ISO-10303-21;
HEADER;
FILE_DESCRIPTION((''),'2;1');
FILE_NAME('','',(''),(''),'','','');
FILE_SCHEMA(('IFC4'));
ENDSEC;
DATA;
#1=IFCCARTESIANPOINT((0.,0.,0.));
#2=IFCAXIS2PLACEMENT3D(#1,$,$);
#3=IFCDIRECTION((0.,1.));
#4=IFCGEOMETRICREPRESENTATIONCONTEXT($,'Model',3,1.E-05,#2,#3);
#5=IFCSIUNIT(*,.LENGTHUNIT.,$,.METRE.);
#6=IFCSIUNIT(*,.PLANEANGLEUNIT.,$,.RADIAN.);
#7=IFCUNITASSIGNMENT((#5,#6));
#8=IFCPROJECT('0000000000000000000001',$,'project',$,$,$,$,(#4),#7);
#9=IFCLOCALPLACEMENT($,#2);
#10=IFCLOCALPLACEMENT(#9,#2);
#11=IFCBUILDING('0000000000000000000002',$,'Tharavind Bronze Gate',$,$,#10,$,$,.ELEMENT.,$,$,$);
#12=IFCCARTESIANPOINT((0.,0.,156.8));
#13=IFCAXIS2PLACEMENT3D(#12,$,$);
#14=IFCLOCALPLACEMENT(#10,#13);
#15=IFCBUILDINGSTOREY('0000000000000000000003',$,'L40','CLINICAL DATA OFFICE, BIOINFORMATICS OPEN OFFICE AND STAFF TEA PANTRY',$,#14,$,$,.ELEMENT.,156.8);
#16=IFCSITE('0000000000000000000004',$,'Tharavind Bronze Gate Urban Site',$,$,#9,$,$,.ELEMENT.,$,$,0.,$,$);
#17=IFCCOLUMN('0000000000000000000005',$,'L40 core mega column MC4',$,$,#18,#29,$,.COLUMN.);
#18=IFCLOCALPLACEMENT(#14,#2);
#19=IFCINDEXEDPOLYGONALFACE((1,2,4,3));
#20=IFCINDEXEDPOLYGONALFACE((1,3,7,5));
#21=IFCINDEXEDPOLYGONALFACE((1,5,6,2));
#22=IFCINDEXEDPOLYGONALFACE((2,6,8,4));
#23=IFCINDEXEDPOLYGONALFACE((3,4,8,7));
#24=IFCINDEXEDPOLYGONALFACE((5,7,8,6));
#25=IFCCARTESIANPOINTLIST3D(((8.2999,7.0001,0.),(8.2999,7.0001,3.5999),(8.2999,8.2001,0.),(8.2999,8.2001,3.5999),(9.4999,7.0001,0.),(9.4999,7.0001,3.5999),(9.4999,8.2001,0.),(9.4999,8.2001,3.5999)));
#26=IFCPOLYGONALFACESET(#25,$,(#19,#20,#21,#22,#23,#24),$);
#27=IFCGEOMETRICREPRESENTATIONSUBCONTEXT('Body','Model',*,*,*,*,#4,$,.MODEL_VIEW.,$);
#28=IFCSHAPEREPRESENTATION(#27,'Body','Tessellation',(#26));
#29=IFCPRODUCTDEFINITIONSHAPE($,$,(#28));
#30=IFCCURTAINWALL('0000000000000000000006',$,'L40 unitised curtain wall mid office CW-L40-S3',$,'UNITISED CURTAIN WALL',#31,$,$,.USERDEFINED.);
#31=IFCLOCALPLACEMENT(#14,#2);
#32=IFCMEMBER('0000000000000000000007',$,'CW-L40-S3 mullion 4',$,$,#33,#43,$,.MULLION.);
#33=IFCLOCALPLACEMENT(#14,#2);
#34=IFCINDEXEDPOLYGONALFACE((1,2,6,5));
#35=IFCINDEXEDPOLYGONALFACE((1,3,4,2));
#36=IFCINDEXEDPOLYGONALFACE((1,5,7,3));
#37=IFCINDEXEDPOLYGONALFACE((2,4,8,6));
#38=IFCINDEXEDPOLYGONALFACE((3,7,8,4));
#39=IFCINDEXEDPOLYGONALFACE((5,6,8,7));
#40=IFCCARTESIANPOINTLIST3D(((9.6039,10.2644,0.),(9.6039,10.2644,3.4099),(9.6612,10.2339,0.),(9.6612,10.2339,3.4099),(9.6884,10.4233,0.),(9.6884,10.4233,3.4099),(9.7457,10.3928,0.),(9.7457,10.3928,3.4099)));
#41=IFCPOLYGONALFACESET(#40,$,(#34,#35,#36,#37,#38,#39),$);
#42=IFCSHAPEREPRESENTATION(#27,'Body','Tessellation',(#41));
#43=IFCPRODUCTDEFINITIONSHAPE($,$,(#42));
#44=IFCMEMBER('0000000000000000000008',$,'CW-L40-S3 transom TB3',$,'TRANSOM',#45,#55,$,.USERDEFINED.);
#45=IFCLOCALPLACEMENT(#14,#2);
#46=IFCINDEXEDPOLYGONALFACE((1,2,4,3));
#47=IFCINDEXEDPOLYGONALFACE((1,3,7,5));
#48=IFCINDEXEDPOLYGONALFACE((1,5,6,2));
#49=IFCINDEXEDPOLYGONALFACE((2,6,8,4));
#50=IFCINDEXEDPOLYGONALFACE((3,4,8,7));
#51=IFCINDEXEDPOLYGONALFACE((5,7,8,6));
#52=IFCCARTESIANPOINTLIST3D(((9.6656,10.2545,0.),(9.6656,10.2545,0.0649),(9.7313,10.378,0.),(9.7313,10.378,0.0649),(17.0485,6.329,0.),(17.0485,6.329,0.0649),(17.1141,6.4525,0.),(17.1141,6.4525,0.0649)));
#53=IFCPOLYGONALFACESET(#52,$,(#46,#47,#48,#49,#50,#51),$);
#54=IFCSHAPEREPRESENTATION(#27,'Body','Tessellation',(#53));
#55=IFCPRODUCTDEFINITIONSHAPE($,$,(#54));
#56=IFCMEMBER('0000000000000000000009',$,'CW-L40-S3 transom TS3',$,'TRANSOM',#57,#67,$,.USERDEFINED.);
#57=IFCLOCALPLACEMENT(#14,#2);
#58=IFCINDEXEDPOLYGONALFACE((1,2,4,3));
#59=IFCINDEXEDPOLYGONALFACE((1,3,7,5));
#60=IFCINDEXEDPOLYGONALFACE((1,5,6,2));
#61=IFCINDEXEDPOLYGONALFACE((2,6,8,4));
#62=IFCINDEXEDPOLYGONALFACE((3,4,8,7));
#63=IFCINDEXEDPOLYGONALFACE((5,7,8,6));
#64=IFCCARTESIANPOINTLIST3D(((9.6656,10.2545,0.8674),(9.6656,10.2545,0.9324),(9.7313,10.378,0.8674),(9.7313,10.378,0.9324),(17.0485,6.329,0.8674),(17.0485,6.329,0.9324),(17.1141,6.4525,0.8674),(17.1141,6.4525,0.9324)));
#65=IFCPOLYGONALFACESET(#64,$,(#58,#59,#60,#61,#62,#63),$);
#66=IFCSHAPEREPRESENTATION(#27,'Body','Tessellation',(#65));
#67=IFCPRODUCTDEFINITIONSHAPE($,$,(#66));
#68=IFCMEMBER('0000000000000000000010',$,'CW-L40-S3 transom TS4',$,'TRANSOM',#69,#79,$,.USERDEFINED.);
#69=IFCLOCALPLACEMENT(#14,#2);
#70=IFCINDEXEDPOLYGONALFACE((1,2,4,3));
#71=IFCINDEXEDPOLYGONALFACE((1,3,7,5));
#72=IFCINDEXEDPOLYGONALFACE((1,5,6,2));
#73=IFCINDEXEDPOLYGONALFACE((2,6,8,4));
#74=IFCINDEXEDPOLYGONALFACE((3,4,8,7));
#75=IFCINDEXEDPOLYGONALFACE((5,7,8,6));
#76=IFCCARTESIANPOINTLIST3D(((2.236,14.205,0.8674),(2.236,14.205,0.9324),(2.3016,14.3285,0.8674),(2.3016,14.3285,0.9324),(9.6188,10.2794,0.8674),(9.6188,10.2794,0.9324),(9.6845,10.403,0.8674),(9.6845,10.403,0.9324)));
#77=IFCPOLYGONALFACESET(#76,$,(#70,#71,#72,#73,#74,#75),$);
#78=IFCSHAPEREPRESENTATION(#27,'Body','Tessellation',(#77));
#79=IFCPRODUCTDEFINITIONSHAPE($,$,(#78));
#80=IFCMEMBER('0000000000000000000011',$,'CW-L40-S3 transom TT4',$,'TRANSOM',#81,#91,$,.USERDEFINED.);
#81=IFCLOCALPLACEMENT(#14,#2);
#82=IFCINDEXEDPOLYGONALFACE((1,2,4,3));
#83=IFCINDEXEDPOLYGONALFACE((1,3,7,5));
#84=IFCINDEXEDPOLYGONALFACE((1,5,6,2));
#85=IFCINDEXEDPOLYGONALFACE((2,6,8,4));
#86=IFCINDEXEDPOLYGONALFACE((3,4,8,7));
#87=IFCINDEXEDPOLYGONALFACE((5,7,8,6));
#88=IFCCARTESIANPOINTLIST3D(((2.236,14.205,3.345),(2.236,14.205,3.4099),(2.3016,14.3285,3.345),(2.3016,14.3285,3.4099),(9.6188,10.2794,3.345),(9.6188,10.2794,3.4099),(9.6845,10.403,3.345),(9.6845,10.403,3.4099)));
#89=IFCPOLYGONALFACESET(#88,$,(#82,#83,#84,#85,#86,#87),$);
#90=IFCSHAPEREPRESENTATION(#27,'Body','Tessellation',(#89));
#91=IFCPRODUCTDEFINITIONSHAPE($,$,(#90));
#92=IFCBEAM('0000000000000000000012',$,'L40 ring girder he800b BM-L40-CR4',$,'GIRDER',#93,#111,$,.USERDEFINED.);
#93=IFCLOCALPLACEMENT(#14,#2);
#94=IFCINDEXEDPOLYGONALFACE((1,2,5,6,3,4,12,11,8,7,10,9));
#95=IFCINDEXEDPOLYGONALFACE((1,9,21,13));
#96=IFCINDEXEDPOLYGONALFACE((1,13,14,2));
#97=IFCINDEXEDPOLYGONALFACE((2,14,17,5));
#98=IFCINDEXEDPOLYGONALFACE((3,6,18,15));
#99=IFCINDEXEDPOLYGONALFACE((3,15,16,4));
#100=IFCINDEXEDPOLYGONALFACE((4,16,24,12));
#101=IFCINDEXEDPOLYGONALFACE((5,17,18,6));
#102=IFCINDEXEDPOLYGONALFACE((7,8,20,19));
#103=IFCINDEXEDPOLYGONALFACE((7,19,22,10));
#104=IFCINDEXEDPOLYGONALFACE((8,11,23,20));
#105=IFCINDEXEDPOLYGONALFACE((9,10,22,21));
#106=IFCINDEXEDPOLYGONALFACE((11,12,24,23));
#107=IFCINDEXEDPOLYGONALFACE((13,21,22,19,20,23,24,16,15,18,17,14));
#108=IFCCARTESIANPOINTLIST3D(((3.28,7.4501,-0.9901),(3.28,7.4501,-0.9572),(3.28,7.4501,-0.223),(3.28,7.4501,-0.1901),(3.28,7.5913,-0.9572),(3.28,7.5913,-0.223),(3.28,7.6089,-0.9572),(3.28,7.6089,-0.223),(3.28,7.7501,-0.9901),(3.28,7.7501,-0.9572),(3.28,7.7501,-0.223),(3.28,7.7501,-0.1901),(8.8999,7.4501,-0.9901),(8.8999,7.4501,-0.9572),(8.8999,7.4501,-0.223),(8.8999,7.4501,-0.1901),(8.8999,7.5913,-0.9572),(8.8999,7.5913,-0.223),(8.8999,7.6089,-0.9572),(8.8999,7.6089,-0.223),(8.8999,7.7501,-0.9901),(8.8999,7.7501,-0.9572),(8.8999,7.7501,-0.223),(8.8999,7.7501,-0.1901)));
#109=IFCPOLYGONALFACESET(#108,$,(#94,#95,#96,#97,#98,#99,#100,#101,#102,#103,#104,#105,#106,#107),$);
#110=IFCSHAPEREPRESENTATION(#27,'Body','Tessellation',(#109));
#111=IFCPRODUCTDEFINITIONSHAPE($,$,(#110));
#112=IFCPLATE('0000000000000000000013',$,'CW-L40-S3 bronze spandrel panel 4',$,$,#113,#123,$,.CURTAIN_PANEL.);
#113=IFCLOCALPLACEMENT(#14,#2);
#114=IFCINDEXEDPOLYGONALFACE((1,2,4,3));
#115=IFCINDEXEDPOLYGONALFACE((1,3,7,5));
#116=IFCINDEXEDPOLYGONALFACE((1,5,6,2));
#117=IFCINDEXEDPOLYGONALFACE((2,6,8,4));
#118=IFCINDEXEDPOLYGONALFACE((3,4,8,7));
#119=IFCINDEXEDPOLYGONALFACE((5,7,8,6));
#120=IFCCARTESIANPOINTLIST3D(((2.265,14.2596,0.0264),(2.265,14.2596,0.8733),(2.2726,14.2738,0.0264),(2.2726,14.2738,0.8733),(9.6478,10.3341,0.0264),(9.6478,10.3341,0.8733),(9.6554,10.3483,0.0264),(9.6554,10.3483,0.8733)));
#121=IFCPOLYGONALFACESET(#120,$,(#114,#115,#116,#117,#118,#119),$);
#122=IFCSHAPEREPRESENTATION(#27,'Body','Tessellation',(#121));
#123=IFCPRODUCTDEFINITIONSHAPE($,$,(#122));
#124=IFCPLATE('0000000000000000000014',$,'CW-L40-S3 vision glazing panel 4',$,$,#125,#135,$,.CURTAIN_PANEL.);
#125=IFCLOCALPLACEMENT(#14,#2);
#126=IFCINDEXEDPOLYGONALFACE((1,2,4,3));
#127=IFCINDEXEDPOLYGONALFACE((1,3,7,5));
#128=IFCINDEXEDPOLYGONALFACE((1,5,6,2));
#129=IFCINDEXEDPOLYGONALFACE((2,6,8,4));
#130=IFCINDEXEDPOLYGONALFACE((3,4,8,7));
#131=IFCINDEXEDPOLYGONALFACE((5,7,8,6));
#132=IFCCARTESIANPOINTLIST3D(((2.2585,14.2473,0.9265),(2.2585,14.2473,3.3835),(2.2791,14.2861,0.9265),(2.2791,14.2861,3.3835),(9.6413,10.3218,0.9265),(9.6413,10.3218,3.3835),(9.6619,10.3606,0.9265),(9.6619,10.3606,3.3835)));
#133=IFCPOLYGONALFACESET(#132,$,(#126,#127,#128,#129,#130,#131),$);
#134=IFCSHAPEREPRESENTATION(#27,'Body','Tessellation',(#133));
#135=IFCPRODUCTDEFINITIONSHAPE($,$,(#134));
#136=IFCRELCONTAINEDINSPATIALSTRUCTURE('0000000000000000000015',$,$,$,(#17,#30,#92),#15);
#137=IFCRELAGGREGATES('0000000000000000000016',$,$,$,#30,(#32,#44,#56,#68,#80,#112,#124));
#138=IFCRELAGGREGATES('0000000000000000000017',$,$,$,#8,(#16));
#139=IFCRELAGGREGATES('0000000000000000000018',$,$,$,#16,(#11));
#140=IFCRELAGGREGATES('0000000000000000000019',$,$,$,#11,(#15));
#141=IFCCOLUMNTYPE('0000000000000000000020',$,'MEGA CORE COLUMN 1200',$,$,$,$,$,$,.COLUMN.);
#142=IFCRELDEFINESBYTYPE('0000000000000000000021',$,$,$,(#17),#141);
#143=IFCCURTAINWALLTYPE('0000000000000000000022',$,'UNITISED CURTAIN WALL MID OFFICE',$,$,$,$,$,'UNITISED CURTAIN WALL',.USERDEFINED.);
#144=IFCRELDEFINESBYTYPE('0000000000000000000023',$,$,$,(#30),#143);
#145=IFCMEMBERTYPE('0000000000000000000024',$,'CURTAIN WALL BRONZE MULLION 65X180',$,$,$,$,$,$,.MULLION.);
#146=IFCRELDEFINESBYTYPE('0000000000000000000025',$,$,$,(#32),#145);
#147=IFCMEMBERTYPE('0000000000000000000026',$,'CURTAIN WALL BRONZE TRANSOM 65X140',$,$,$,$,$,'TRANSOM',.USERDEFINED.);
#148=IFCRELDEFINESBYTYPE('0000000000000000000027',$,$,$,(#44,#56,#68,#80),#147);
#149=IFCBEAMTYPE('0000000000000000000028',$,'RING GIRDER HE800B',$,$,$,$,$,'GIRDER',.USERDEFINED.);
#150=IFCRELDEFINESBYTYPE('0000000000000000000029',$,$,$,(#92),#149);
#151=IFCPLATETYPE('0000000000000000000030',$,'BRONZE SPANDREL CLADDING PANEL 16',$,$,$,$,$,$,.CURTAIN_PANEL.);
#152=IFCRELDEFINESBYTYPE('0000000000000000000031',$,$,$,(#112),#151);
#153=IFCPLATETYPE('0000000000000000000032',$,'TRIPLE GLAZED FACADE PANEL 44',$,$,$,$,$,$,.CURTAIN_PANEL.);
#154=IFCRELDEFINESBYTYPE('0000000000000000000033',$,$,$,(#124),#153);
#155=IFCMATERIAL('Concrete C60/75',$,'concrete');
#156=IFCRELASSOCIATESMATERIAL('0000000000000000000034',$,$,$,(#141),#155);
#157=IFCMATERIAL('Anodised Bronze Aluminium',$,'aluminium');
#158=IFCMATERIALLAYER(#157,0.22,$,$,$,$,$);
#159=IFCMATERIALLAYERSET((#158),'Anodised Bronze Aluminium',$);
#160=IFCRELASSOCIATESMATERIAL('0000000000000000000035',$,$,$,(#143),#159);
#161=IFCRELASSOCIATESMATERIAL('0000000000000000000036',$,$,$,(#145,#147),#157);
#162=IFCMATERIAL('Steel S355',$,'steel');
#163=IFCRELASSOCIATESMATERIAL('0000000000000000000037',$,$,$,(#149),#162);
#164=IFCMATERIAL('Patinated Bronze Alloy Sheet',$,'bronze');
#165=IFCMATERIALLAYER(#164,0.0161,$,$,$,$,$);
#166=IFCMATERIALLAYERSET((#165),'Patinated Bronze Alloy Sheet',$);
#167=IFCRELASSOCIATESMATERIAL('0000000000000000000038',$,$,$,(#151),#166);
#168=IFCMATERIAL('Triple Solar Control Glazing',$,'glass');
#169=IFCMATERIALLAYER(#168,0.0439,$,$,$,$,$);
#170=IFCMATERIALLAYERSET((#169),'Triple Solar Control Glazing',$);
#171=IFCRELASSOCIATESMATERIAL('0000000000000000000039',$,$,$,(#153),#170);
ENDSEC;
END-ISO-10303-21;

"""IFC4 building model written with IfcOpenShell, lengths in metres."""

from ifc_helpers import new_model, si_unit, direction, frame, origin, origin_2d, place, context, subcontext, project, spatial, rectangle, i_section, extrude, material, layer, layer_set, material_profile, profile_set, type_object, element, aggregate, save


model = new_model("IFC4")

# Units and contexts
model_context = context("Model", 3, precision=1e-05, world=origin(), true_north=direction((0.0, 1.0)))
body_context = subcontext(model_context, "Body", "Model", "MODEL_VIEW")
ifc_project = project(units=[si_unit("LENGTHUNIT", "METRE"), si_unit("PLANEANGLEUNIT", "RADIAN")], contexts=[model_context])

# Site, building, storey
site_placement = place(None, origin())
site = spatial("IfcSite", under=ifc_project, at=site_placement, Name="Tharavind Bronze Gate Urban Site", CompositionType="ELEMENT", RefElevation=0.0)
building_placement = place(site_placement, origin())
building = spatial("IfcBuilding", under=site, at=building_placement, Name="Tharavind Bronze Gate", CompositionType="ELEMENT")
storey_placement = place(building_placement, frame((0.0, 0.0, 156.8)))
storey = spatial("IfcBuildingStorey", under=building, at=storey_placement, Name="L40", Description="CLINICAL DATA OFFICE, BIOINFORMATICS OPEN OFFICE AND STAFF TEA PANTRY", CompositionType="ELEMENT", Elevation=156.8)

# Column
ifc_material_1 = material(Name="Concrete C60/75", Category="concrete")
ifc_material_profile_1 = material_profile(ifc_material_1, rectangle(XDim=1.2, YDim=1.2, at=origin_2d()), Name="RCCOL1200")
ifc_profile_set_1 = profile_set([ifc_material_profile_1], Name="Concrete C60/75")
column_type = type_object("IfcColumnType", Name="MEGA CORE COLUMN 1200", PredefinedType="COLUMN", material=ifc_profile_set_1)
column_placement = place(storey_placement, frame((8.8999, 7.6001, 0.0), z_axis=(0.0, 0.0, 1.0), x_axis=(1.0, 0.0, 0.0)))
element("IfcColumn", 1, at=column_placement, inside=storey, type_object=column_type, Name="L40 core mega column MC4", PredefinedType="COLUMN", context=body_context, shape_type="SweptSolid", body=[
    extrude(rectangle(XDim=1.2, YDim=1.2, at=origin_2d()), origin(), (0.0, 0.0, 1.0), 3.5999),
])

# Curtain wall, members
ifc_material_2 = material(Name="Anodised Bronze Aluminium", Category="aluminium")
ifc_layer_1 = layer(ifc_material_2, 0.22)
ifc_layer_set_1 = layer_set([ifc_layer_1], Name="Anodised Bronze Aluminium")
curtain_wall_type = type_object("IfcCurtainWallType", Name="UNITISED CURTAIN WALL MID OFFICE", ElementType="UNITISED CURTAIN WALL", PredefinedType="USERDEFINED", material=ifc_layer_set_1)
curtain_wall_placement = place(storey_placement, origin())
curtain_wall = element("IfcCurtainWall", 2, at=curtain_wall_placement, inside=storey, type_object=curtain_wall_type, Name="L40 unitised curtain wall mid office CW-L40-S3", ObjectType="UNITISED CURTAIN WALL", PredefinedType="USERDEFINED")
member_type_1 = type_object("IfcMemberType", Name="CURTAIN WALL BRONZE MULLION 65X180", PredefinedType="MULLION", material=ifc_material_2)
member_1_placement = place(storey_placement, frame((9.6748, 10.3286, 0.0), z_axis=(0.0, 0.0, 1.0), x_axis=(-0.882948, 0.469472, 0.0)))
member_1 = element("IfcMember", 3, at=member_1_placement, type_object=member_type_1, Name="CW-L40-S3 mullion 4", PredefinedType="MULLION", context=body_context, shape_type="SweptSolid", body=[
    extrude(rectangle(XDim=0.0649, YDim=0.1799, at=origin_2d()), origin(), (0.0, 0.0, 1.0), 3.4099),
])
member_type_2 = type_object("IfcMemberType", Name="CURTAIN WALL BRONZE TRANSOM 65X140", ElementType="TRANSOM", PredefinedType="USERDEFINED", material=ifc_material_2)
member_2_placement = place(storey_placement, frame((13.3899, 8.3535, 0.0), z_axis=(0.0, 0.0, 1.0), x_axis=(-0.882948, 0.469472, 0.0)))
member_2 = element("IfcMember", 4, at=member_2_placement, type_object=member_type_2, Name="CW-L40-S3 transom TB3", ObjectType="TRANSOM", PredefinedType="USERDEFINED", context=body_context, shape_type="SweptSolid", body=[
    extrude(rectangle(XDim=8.3616, YDim=0.1399, at=origin_2d()), origin(), (0.0, 0.0, 1.0), 0.0649),
])
member_3_placement = place(storey_placement, frame((13.3899, 8.3535, 0.8674), z_axis=(0.0, 0.0, 1.0), x_axis=(-0.882948, 0.469472, 0.0)))
member_3 = element("IfcMember", 5, at=member_3_placement, type_object=member_type_2, Name="CW-L40-S3 transom TS3", ObjectType="TRANSOM", PredefinedType="USERDEFINED", context=body_context, shape_type="SweptSolid", body=[
    extrude(rectangle(XDim=8.3616, YDim=0.1399, at=origin_2d()), origin(), (0.0, 0.0, 1.0), 0.0649),
])
member_4_placement = place(storey_placement, frame((5.9602, 12.304, 0.8674), z_axis=(0.0, 0.0, 1.0), x_axis=(-0.882948, 0.469472, 0.0)))
member_4 = element("IfcMember", 6, at=member_4_placement, type_object=member_type_2, Name="CW-L40-S3 transom TS4", ObjectType="TRANSOM", PredefinedType="USERDEFINED", context=body_context, shape_type="SweptSolid", body=[
    extrude(rectangle(XDim=8.3616, YDim=0.1399, at=origin_2d()), origin(), (0.0, 0.0, 1.0), 0.0649),
])
member_5_placement = place(storey_placement, frame((5.9602, 12.304, 3.345), z_axis=(0.0, 0.0, 1.0), x_axis=(-0.882948, 0.469472, 0.0)))
member_5 = element("IfcMember", 7, at=member_5_placement, type_object=member_type_2, Name="CW-L40-S3 transom TT4", ObjectType="TRANSOM", PredefinedType="USERDEFINED", context=body_context, shape_type="SweptSolid", body=[
    extrude(rectangle(XDim=8.3616, YDim=0.1399, at=origin_2d()), origin(), (0.0, 0.0, 1.0), 0.0649),
])

# Beam
ifc_material_3 = material(Name="Steel S355", Category="steel")
ifc_material_profile_2 = material_profile(ifc_material_3, i_section(OverallWidth=0.3, OverallDepth=0.8, WebThickness=0.0176, FlangeThickness=0.033, at=origin_2d()), Name="HE800B")
ifc_profile_set_2 = profile_set([ifc_material_profile_2], Name="Steel S355")
beam_type = type_object("IfcBeamType", Name="RING GIRDER HE800B", ElementType="GIRDER", PredefinedType="USERDEFINED", material=ifc_profile_set_2)
beam_placement = place(storey_placement, frame((8.8999, 7.6001, -0.5901), z_axis=(-1.0, 0.0, 0.0), x_axis=(0.0, -1.0, 0.0)))
element("IfcBeam", 8, at=beam_placement, inside=storey, type_object=beam_type, Name="L40 ring girder he800b BM-L40-CR4", ObjectType="GIRDER", PredefinedType="USERDEFINED", context=body_context, shape_type="SweptSolid", body=[
    extrude(i_section(OverallWidth=0.3, OverallDepth=0.8, WebThickness=0.0176, FlangeThickness=0.033, at=origin_2d()), origin(), (0.0, 0.0, 1.0), 5.6199),
])

# Plates
ifc_material_4 = material(Name="Patinated Bronze Alloy Sheet", Category="bronze")
ifc_layer_2 = layer(ifc_material_4, 0.0161)
ifc_layer_set_2 = layer_set([ifc_layer_2], Name="Patinated Bronze Alloy Sheet")
plate_type_1 = type_object("IfcPlateType", Name="BRONZE SPANDREL CLADDING PANEL 16", PredefinedType="CURTAIN_PANEL", material=ifc_layer_set_2)
plate_1_placement = place(storey_placement, frame((5.9602, 12.304, 0.0264), z_axis=(0.0, 0.0, 1.0), x_axis=(-0.882948, 0.469472, 0.0)))
plate_1 = element("IfcPlate", 9, at=plate_1_placement, type_object=plate_type_1, Name="CW-L40-S3 bronze spandrel panel 4", PredefinedType="CURTAIN_PANEL", context=body_context, shape_type="SweptSolid", body=[
    extrude(rectangle(XDim=8.3616, YDim=0.0161, at=origin_2d()), origin(), (0.0, 0.0, 1.0), 0.8469),
])
ifc_material_5 = material(Name="Triple Solar Control Glazing", Category="glass")
ifc_layer_3 = layer(ifc_material_5, 0.0439)
ifc_layer_set_3 = layer_set([ifc_layer_3], Name="Triple Solar Control Glazing")
plate_type_2 = type_object("IfcPlateType", Name="TRIPLE GLAZED FACADE PANEL 44", PredefinedType="CURTAIN_PANEL", material=ifc_layer_set_3)
plate_2_placement = place(storey_placement, frame((5.9602, 12.304, 0.9265), z_axis=(0.0, 0.0, 1.0), x_axis=(-0.882948, 0.469472, 0.0)))
plate_2 = element("IfcPlate", 10, at=plate_2_placement, type_object=plate_type_2, Name="CW-L40-S3 vision glazing panel 4", PredefinedType="CURTAIN_PANEL", context=body_context, shape_type="SweptSolid", body=[
    extrude(rectangle(XDim=8.3616, YDim=0.0439, at=origin_2d()), origin(), (0.0, 0.0, 1.0), 2.457),
])
aggregate(curtain_wall, [member_1, member_2, member_3, member_4, member_5, plate_1, plate_2])

save(model, "model.ifc")
